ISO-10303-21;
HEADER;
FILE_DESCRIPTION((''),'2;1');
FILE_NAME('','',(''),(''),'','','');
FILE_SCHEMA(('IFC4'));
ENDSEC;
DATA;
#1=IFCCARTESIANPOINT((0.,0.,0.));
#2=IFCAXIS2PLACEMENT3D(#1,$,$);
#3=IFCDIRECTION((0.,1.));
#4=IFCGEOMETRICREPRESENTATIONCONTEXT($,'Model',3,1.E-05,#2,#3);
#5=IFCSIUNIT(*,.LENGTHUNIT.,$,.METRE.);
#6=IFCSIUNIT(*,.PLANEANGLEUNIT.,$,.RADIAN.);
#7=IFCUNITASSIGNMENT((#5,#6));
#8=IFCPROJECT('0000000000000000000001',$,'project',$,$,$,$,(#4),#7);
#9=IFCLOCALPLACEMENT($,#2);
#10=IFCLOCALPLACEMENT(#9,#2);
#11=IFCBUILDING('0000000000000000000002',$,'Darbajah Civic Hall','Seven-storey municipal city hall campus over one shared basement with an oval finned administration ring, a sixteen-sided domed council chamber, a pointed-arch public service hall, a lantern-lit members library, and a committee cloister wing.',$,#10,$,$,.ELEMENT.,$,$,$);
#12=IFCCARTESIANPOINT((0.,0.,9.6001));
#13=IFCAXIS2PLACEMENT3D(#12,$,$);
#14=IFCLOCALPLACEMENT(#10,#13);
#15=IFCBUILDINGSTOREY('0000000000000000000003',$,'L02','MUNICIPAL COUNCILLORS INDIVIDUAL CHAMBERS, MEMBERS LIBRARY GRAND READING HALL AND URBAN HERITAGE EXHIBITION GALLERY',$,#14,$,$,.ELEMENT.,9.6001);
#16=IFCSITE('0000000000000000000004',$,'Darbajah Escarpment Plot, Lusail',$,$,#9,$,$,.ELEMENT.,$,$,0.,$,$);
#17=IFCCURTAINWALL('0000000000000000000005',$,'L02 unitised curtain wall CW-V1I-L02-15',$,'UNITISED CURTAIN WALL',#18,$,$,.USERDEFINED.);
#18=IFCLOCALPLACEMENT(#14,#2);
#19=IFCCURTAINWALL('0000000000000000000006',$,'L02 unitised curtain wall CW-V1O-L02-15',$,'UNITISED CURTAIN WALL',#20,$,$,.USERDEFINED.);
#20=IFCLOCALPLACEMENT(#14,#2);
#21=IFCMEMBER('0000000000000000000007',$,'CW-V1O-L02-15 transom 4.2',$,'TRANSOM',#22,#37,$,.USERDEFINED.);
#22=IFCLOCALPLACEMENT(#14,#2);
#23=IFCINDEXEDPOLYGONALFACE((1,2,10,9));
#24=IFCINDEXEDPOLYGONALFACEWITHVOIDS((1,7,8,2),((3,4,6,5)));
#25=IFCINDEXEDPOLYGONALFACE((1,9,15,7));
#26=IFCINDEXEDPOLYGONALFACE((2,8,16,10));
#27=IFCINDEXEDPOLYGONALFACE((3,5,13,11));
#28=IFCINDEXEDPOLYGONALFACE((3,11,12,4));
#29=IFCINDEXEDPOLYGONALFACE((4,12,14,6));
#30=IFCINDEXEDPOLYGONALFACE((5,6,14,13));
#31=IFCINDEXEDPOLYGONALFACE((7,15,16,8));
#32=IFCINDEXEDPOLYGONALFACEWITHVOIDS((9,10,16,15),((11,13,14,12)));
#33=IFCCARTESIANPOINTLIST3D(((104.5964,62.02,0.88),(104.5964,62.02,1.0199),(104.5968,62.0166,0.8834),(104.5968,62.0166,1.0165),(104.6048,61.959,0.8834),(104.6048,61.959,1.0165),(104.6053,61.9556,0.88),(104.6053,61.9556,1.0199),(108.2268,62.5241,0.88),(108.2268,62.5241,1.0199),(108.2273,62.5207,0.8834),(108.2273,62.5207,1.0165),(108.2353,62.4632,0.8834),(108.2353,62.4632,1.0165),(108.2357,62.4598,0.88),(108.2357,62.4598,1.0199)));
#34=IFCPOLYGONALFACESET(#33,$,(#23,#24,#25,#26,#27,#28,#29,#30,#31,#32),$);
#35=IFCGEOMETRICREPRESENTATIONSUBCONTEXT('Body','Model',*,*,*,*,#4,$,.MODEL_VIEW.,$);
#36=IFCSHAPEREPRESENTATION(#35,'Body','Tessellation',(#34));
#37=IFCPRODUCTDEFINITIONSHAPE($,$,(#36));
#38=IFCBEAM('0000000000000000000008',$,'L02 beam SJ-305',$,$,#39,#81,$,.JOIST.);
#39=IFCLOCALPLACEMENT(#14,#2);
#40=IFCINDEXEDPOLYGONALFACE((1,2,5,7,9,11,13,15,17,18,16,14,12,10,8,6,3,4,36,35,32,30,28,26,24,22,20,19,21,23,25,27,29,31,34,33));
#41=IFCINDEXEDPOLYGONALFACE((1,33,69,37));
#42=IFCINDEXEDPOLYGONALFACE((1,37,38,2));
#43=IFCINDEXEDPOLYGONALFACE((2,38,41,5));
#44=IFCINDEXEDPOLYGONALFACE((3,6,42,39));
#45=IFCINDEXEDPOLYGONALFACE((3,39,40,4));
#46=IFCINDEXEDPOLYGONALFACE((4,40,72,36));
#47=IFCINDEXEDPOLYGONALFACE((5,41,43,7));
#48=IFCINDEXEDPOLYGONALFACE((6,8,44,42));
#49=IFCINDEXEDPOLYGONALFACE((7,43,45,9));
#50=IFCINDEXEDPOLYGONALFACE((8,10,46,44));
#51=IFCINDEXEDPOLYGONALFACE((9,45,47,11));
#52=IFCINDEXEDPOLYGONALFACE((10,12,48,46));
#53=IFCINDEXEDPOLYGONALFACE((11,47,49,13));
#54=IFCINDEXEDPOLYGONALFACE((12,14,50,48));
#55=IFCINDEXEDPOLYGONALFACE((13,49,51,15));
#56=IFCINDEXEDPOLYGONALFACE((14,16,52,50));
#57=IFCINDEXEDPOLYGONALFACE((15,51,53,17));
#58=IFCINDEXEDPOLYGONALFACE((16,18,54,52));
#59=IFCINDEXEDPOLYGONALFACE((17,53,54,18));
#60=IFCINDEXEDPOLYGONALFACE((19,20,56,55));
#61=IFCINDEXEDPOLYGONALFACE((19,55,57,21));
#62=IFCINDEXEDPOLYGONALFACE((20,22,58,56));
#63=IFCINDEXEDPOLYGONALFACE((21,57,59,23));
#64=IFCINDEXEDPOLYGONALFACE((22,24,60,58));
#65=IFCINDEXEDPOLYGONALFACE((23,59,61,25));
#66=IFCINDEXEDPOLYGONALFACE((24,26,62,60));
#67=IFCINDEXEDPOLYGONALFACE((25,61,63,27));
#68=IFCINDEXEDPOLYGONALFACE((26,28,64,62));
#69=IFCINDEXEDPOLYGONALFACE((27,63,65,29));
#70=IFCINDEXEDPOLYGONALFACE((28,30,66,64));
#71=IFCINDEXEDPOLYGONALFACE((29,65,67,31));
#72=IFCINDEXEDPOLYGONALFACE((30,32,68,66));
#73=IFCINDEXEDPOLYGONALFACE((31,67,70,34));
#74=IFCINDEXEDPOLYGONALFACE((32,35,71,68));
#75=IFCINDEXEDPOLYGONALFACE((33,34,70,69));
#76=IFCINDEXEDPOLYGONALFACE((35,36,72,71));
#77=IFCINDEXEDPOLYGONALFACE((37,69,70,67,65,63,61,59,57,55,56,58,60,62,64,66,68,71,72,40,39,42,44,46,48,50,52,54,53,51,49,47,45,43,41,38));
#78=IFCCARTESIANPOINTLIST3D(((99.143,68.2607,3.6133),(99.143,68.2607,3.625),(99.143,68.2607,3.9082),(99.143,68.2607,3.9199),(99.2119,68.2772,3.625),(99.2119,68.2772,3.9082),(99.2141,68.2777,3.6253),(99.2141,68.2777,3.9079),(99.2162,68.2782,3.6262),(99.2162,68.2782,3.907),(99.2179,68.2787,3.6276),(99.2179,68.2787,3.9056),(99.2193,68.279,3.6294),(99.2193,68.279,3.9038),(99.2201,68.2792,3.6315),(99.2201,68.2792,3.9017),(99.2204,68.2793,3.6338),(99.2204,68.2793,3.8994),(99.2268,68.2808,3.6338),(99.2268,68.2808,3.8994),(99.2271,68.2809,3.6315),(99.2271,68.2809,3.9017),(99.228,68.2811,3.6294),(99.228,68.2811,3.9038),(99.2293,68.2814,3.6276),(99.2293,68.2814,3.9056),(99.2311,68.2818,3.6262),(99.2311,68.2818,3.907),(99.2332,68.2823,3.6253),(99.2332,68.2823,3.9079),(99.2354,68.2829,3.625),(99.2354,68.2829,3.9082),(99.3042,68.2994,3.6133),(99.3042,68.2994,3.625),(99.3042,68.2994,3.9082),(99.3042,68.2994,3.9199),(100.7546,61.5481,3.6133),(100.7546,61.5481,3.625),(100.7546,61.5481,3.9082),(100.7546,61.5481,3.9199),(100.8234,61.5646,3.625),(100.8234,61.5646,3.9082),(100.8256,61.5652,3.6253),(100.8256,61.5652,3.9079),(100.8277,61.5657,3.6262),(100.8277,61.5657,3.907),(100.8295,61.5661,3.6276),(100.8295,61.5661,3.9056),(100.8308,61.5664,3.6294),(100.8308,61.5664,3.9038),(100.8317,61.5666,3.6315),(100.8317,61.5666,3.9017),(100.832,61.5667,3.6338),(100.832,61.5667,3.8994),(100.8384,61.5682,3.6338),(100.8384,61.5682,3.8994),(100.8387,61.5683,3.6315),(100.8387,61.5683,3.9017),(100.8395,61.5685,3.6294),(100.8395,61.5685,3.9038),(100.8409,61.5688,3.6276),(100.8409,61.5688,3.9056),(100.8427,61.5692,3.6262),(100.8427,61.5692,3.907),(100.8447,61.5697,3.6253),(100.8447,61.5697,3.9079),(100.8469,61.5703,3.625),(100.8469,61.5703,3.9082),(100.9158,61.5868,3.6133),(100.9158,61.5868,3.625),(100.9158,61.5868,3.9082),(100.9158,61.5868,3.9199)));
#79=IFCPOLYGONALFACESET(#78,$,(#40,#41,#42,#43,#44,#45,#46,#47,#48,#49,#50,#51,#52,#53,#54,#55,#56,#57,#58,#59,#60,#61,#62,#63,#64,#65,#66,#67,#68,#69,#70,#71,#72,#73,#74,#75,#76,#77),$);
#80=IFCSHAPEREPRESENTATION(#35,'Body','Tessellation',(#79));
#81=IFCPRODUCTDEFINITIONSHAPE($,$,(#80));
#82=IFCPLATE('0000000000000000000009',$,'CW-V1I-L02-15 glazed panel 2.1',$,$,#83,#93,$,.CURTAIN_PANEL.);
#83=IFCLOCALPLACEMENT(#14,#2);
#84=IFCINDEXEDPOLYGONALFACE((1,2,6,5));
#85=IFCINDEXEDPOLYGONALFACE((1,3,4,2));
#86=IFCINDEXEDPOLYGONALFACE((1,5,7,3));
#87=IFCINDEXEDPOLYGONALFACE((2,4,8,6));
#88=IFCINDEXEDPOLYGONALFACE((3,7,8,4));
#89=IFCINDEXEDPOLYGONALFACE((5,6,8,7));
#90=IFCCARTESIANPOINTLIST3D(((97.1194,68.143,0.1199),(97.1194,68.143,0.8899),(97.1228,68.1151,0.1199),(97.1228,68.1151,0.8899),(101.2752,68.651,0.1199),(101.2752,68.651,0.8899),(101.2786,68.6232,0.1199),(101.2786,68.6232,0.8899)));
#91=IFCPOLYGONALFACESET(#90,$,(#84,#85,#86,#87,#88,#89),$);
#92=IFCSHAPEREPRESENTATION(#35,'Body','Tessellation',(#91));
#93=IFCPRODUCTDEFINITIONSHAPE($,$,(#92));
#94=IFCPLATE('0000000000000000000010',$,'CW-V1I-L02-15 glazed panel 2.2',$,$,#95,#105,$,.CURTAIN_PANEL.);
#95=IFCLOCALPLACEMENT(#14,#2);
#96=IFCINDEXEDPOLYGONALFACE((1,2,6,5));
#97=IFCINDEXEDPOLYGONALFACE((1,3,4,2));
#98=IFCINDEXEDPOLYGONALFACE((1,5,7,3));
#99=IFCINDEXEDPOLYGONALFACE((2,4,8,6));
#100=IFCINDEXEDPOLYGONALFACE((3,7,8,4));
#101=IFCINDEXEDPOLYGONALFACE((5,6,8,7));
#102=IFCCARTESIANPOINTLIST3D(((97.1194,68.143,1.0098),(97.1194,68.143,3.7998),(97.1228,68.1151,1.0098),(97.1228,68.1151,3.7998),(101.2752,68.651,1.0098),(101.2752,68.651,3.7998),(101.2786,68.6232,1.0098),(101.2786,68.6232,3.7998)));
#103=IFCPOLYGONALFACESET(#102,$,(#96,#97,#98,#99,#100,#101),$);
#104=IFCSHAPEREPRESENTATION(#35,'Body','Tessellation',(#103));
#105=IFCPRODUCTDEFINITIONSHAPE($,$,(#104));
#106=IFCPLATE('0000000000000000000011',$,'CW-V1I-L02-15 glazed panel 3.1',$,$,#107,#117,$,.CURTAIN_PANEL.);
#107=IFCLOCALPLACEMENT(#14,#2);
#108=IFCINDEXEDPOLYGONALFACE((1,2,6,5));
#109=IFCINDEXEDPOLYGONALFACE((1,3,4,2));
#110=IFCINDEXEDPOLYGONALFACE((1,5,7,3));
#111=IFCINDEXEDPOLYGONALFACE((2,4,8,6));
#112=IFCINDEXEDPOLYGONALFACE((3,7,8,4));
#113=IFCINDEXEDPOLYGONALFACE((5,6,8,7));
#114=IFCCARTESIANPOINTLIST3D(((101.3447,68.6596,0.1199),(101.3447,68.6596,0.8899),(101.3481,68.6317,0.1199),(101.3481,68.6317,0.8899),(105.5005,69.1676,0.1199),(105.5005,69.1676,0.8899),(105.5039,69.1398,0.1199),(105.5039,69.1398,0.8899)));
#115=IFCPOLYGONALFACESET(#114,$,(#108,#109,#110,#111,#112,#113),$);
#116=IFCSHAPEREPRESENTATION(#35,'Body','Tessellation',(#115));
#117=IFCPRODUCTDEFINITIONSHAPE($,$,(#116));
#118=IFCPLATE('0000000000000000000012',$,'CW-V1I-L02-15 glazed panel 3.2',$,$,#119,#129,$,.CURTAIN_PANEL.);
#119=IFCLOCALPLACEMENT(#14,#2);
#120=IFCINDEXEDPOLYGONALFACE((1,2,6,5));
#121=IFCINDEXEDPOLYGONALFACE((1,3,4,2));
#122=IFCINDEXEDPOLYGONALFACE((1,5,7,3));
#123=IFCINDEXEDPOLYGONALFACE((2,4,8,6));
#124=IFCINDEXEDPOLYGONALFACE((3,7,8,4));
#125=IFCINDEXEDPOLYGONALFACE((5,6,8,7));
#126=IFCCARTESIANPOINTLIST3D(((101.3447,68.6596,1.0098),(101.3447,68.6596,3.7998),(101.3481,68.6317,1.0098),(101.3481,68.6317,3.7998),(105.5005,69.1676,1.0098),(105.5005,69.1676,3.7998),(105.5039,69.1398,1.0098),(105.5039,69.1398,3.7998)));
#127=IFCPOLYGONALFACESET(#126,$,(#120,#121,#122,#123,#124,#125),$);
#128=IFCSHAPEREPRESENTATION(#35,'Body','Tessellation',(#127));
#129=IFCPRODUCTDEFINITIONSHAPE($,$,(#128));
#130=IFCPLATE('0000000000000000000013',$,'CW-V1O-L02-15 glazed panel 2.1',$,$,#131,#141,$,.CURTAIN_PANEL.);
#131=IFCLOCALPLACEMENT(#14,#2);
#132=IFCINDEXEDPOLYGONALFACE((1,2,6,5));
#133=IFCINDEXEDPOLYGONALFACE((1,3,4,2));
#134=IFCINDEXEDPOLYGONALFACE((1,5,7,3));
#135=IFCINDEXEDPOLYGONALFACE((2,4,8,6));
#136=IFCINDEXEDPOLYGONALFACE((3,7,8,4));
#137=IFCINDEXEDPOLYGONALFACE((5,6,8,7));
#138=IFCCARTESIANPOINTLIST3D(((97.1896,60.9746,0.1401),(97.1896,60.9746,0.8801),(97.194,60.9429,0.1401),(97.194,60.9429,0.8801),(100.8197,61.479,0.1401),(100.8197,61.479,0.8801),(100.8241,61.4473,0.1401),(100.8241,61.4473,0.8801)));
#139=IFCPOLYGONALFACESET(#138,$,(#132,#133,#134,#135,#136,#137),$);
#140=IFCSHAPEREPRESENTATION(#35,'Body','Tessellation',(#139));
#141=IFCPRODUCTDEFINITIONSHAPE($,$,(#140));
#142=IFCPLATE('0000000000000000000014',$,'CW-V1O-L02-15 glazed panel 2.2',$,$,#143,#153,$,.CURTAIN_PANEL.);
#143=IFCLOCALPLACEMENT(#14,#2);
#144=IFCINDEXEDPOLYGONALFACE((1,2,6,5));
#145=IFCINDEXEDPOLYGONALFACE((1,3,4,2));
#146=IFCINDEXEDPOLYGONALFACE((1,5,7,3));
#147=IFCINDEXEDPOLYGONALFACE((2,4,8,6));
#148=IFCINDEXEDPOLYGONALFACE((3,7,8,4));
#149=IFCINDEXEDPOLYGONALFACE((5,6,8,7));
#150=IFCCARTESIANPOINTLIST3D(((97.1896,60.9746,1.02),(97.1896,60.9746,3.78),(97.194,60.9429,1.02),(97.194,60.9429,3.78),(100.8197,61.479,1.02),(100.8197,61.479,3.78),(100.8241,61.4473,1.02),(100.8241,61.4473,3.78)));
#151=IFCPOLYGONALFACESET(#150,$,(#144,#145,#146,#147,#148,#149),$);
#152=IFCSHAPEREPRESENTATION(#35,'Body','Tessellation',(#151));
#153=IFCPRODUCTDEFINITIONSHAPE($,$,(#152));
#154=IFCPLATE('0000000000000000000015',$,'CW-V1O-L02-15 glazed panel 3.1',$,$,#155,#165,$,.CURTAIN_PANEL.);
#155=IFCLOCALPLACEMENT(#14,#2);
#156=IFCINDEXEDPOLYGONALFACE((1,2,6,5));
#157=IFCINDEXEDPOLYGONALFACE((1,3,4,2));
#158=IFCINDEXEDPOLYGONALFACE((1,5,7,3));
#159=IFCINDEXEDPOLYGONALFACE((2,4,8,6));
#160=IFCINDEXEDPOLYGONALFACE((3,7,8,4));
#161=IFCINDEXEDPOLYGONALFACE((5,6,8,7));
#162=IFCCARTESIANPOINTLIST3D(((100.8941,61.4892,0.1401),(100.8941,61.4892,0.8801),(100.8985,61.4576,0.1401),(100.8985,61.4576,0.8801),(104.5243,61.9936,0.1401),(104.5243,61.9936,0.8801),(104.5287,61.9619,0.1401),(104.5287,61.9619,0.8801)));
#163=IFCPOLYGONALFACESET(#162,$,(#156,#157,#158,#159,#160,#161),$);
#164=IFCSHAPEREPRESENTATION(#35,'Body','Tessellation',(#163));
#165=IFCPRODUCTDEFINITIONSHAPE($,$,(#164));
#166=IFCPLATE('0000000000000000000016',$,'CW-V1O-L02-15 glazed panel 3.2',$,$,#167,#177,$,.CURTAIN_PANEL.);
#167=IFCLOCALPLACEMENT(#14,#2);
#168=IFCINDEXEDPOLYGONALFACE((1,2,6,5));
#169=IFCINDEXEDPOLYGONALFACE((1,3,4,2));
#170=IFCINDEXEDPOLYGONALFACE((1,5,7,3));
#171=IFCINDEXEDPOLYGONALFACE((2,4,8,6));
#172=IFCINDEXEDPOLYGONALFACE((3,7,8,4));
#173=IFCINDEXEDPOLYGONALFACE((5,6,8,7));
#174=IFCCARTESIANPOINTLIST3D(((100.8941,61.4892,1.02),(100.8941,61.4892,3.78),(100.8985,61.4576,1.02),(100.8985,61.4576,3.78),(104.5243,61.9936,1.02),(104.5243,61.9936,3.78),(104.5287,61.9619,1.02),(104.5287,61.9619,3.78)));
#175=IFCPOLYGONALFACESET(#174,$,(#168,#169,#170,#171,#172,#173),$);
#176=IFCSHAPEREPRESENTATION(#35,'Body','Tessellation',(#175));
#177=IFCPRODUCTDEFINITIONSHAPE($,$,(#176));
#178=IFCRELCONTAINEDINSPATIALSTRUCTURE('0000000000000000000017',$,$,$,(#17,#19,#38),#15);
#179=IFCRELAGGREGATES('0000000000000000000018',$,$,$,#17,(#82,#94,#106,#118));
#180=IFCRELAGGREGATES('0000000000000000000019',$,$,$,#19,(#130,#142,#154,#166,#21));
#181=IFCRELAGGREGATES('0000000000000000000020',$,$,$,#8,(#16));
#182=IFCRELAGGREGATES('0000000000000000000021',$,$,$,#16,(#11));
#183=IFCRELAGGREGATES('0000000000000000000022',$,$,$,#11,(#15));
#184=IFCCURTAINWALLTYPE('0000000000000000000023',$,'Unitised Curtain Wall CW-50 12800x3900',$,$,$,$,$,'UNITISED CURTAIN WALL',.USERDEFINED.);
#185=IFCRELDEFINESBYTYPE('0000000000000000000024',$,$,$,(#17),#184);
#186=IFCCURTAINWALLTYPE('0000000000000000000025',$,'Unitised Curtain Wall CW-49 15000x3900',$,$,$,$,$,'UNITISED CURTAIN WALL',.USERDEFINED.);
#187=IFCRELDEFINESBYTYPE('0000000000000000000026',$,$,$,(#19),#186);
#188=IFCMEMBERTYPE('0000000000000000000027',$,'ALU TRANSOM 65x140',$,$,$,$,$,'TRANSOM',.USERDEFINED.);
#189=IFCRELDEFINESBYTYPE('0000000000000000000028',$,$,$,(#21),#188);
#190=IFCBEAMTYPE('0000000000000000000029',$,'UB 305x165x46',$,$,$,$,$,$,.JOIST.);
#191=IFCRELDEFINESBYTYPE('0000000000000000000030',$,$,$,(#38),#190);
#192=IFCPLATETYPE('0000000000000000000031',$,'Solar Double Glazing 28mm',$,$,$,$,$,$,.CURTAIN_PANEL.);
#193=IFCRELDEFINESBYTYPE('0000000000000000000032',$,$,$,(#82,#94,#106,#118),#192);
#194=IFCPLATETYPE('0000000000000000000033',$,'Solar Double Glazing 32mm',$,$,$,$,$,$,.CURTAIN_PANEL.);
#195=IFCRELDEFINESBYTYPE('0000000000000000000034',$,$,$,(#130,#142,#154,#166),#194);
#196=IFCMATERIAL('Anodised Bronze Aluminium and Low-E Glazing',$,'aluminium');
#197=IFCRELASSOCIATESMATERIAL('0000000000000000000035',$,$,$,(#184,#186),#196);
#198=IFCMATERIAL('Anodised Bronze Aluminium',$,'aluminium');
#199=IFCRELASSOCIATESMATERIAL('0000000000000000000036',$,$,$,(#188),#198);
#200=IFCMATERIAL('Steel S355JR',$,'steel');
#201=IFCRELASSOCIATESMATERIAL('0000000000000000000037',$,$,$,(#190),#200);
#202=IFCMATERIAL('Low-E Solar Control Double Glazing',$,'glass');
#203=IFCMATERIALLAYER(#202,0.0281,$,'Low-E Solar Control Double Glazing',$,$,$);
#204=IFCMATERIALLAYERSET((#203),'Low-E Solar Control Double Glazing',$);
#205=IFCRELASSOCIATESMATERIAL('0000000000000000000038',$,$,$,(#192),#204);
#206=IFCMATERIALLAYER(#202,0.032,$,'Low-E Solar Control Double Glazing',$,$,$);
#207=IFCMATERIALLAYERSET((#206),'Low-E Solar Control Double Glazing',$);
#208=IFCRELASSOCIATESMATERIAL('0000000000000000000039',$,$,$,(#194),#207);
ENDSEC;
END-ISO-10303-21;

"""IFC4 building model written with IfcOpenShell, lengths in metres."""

from ifc_helpers import new_model, si_unit, direction, frame, origin, origin_2d, place, context, subcontext, project, spatial, rectangle, hollow_rectangle, i_section, extrude, material, layer, layer_set, material_profile, profile_set, type_object, element, aggregate, save


model = new_model("IFC4")

# Units and contexts
model_context = context("Model", 3, precision=1e-05, world=origin(), true_north=direction((0.0, 1.0)))
body_context = subcontext(model_context, "Body", "Model", "MODEL_VIEW")
ifc_project = project(units=[si_unit("LENGTHUNIT", "METRE"), si_unit("PLANEANGLEUNIT", "RADIAN")], contexts=[model_context])

# Site, building, storey
site_placement = place(None, origin())
site = spatial("IfcSite", under=ifc_project, at=site_placement, Name="Darbajah Escarpment Plot, Lusail", CompositionType="ELEMENT", RefElevation=0.0)
building_placement = place(site_placement, origin())
building = spatial("IfcBuilding", under=site, at=building_placement, Name="Darbajah Civic Hall", Description="Seven-storey municipal city hall campus over one shared basement with an oval finned administration ring, a sixteen-sided domed council chamber, a pointed-arch public service hall, a lantern-lit members library, and a committee cloister wing.", CompositionType="ELEMENT")
storey_placement = place(building_placement, frame((0.0, 0.0, 9.6001)))
storey = spatial("IfcBuildingStorey", under=building, at=storey_placement, Name="L02", Description="MUNICIPAL COUNCILLORS INDIVIDUAL CHAMBERS, MEMBERS LIBRARY GRAND READING HALL AND URBAN HERITAGE EXHIBITION GALLERY", CompositionType="ELEMENT", Elevation=9.6001)

# Curtain wall
ifc_material_1 = material(Name="Anodised Bronze Aluminium and Low-E Glazing", Category="aluminium")
curtain_wall_type_1 = type_object("IfcCurtainWallType", Name="Unitised Curtain Wall CW-50 12800x3900", ElementType="UNITISED CURTAIN WALL", PredefinedType="USERDEFINED", material=ifc_material_1)
curtain_wall_1_placement = place(storey_placement, origin())
curtain_wall_1 = element("IfcCurtainWall", 1, at=curtain_wall_1_placement, inside=storey, type_object=curtain_wall_type_1, Name="L02 unitised curtain wall CW-V1I-L02-15", ObjectType="UNITISED CURTAIN WALL", PredefinedType="USERDEFINED")
ifc_material_2 = material(Name="Anodised Bronze Aluminium", Category="aluminium")

# Curtain wall
curtain_wall_type_2 = type_object("IfcCurtainWallType", Name="Unitised Curtain Wall CW-49 15000x3900", ElementType="UNITISED CURTAIN WALL", PredefinedType="USERDEFINED", material=ifc_material_1)
curtain_wall_2_placement = place(storey_placement, origin())
curtain_wall_2 = element("IfcCurtainWall", 2, at=curtain_wall_2_placement, inside=storey, type_object=curtain_wall_type_2, Name="L02 unitised curtain wall CW-V1O-L02-15", ObjectType="UNITISED CURTAIN WALL", PredefinedType="USERDEFINED")

# Member
ifc_material_profile_1 = material_profile(ifc_material_2, hollow_rectangle(XDim=0.0649, YDim=0.1399, WallThickness=0.0034, at=origin_2d()), Name="ALU TRANSOM 65x140")
ifc_profile_set_1 = profile_set([ifc_material_profile_1], Name="Anodised Bronze Aluminium")
member_type_1 = type_object("IfcMemberType", Name="ALU TRANSOM 65x140", ElementType="TRANSOM", PredefinedType="USERDEFINED", material=ifc_profile_set_1)
member_1_placement = place(storey_placement, frame((104.6008, 61.9878, 0.95), z_axis=(0.990495, 0.13755, 0.0), x_axis=(-0.13755, 0.990495, 0.0)))
member_1 = element("IfcMember", 3, at=member_1_placement, type_object=member_type_1, Name="CW-V1O-L02-15 transom 4.2", ObjectType="TRANSOM", PredefinedType="USERDEFINED", context=body_context, shape_type="SweptSolid", body=[
    extrude(hollow_rectangle(XDim=0.0649, YDim=0.1399, WallThickness=0.0034, at=origin_2d()), origin(), (0.0, 0.0, 1.0), 3.6653),
])

# Beam
ifc_material_3 = material(Name="Steel S355JR", Category="steel")
ifc_material_profile_2 = material_profile(ifc_material_3, i_section(OverallWidth=0.1658, OverallDepth=0.3066, WebThickness=0.0066, FlangeThickness=0.0117, FilletRadius=0.0088, at=origin_2d()), Name="UB 305x165x46")
ifc_profile_set_2 = profile_set([ifc_material_profile_2], Name="Steel S355JR")
beam_type = type_object("IfcBeamType", Name="UB 305x165x46", PredefinedType="JOIST", material=ifc_profile_set_2)
beam_placement = place(storey_placement, frame((99.2236, 68.28, 3.7666), z_axis=(0.233447, -0.97237, 0.0), x_axis=(0.97237, 0.233447, 0.0)))
element("IfcBeam", 4, at=beam_placement, inside=storey, type_object=beam_type, Name="L02 beam SJ-305", PredefinedType="JOIST", context=body_context, shape_type="SweptSolid", body=[
    extrude(i_section(OverallWidth=0.1658, OverallDepth=0.3066, WebThickness=0.0066, FlangeThickness=0.0117, FilletRadius=0.0088, at=origin_2d()), origin(), (0.0, 0.0, 1.0), 6.9033),
])

# Plates
ifc_material_4 = material(Name="Low-E Solar Control Double Glazing", Category="glass")
ifc_layer_1 = layer(ifc_material_4, 0.0281, Name="Low-E Solar Control Double Glazing")
ifc_layer_set_1 = layer_set([ifc_layer_1], Name="Low-E Solar Control Double Glazing")
plate_type_1 = type_object("IfcPlateType", Name="Solar Double Glazing 28mm", PredefinedType="CURTAIN_PANEL", material=ifc_layer_set_1)
plate_1_placement = place(storey_placement, frame((99.199, 68.3831, 0.1199), z_axis=(0.0, 0.0, 1.0), x_axis=(0.99261, 0.12135, 0.0)))
plate_1 = element("IfcPlate", 5, at=plate_1_placement, type_object=plate_type_1, Name="CW-V1I-L02-15 glazed panel 2.1", PredefinedType="CURTAIN_PANEL", context=body_context, shape_type="SweptSolid", body=[
    extrude(rectangle(XDim=4.1868, YDim=0.0281, at=origin_2d()), origin(), (0.0, 0.0, 1.0), 0.77),
])
plate_2_placement = place(storey_placement, frame((99.199, 68.3831, 1.0098), z_axis=(0.0, 0.0, 1.0), x_axis=(0.99261, 0.12135, 0.0)))
plate_2 = element("IfcPlate", 6, at=plate_2_placement, type_object=plate_type_1, Name="CW-V1I-L02-15 glazed panel 2.2", PredefinedType="CURTAIN_PANEL", context=body_context, shape_type="SweptSolid", body=[
    extrude(rectangle(XDim=4.1868, YDim=0.0281, at=origin_2d()), origin(), (0.0, 0.0, 1.0), 2.79),
])
plate_3_placement = place(storey_placement, frame((103.4243, 68.8997, 0.1199), z_axis=(0.0, 0.0, 1.0), x_axis=(0.99261, 0.12135, 0.0)))
plate_3 = element("IfcPlate", 7, at=plate_3_placement, type_object=plate_type_1, Name="CW-V1I-L02-15 glazed panel 3.1", PredefinedType="CURTAIN_PANEL", context=body_context, shape_type="SweptSolid", body=[
    extrude(rectangle(XDim=4.1868, YDim=0.0281, at=origin_2d()), origin(), (0.0, 0.0, 1.0), 0.77),
])
plate_4_placement = place(storey_placement, frame((103.4243, 68.8997, 1.0098), z_axis=(0.0, 0.0, 1.0), x_axis=(0.99261, 0.12135, 0.0)))
plate_4 = element("IfcPlate", 8, at=plate_4_placement, type_object=plate_type_1, Name="CW-V1I-L02-15 glazed panel 3.2", PredefinedType="CURTAIN_PANEL", context=body_context, shape_type="SweptSolid", body=[
    extrude(rectangle(XDim=4.1868, YDim=0.0281, at=origin_2d()), origin(), (0.0, 0.0, 1.0), 2.79),
])
aggregate(curtain_wall_1, [plate_1, plate_2, plate_3, plate_4])
ifc_layer_2 = layer(ifc_material_4, 0.032, Name="Low-E Solar Control Double Glazing")
ifc_layer_set_2 = layer_set([ifc_layer_2], Name="Low-E Solar Control Double Glazing")
plate_type_2 = type_object("IfcPlateType", Name="Solar Double Glazing 32mm", PredefinedType="CURTAIN_PANEL", material=ifc_layer_set_2)
plate_5_placement = place(storey_placement, frame((99.0068, 61.2109, 0.1401), z_axis=(0.0, 0.0, 1.0), x_axis=(0.990485, 0.137617, 0.0)))
plate_5 = element("IfcPlate", 9, at=plate_5_placement, type_object=plate_type_2, Name="CW-V1O-L02-15 glazed panel 2.1", PredefinedType="CURTAIN_PANEL", context=body_context, shape_type="SweptSolid", body=[
    extrude(rectangle(XDim=3.665, YDim=0.032, at=origin_2d()), origin(), (0.0, 0.0, 1.0), 0.74),
])
plate_6_placement = place(storey_placement, frame((99.0068, 61.2109, 1.02), z_axis=(0.0, 0.0, 1.0), x_axis=(0.990485, 0.137617, 0.0)))
plate_6 = element("IfcPlate", 10, at=plate_6_placement, type_object=plate_type_2, Name="CW-V1O-L02-15 glazed panel 2.2", PredefinedType="CURTAIN_PANEL", context=body_context, shape_type="SweptSolid", body=[
    extrude(rectangle(XDim=3.665, YDim=0.032, at=origin_2d()), origin(), (0.0, 0.0, 1.0), 2.76),
])
plate_7_placement = place(storey_placement, frame((102.7114, 61.7256, 0.1401), z_axis=(0.0, 0.0, 1.0), x_axis=(0.990485, 0.137617, 0.0)))
plate_7 = element("IfcPlate", 11, at=plate_7_placement, type_object=plate_type_2, Name="CW-V1O-L02-15 glazed panel 3.1", PredefinedType="CURTAIN_PANEL", context=body_context, shape_type="SweptSolid", body=[
    extrude(rectangle(XDim=3.665, YDim=0.032, at=origin_2d()), origin(), (0.0, 0.0, 1.0), 0.74),
])
plate_8_placement = place(storey_placement, frame((102.7114, 61.7256, 1.02), z_axis=(0.0, 0.0, 1.0), x_axis=(0.990485, 0.137617, 0.0)))
plate_8 = element("IfcPlate", 12, at=plate_8_placement, type_object=plate_type_2, Name="CW-V1O-L02-15 glazed panel 3.2", PredefinedType="CURTAIN_PANEL", context=body_context, shape_type="SweptSolid", body=[
    extrude(rectangle(XDim=3.665, YDim=0.032, at=origin_2d()), origin(), (0.0, 0.0, 1.0), 2.76),
])
aggregate(curtain_wall_2, [plate_5, plate_6, plate_7, plate_8, member_1])

save(model, "model.ifc")
